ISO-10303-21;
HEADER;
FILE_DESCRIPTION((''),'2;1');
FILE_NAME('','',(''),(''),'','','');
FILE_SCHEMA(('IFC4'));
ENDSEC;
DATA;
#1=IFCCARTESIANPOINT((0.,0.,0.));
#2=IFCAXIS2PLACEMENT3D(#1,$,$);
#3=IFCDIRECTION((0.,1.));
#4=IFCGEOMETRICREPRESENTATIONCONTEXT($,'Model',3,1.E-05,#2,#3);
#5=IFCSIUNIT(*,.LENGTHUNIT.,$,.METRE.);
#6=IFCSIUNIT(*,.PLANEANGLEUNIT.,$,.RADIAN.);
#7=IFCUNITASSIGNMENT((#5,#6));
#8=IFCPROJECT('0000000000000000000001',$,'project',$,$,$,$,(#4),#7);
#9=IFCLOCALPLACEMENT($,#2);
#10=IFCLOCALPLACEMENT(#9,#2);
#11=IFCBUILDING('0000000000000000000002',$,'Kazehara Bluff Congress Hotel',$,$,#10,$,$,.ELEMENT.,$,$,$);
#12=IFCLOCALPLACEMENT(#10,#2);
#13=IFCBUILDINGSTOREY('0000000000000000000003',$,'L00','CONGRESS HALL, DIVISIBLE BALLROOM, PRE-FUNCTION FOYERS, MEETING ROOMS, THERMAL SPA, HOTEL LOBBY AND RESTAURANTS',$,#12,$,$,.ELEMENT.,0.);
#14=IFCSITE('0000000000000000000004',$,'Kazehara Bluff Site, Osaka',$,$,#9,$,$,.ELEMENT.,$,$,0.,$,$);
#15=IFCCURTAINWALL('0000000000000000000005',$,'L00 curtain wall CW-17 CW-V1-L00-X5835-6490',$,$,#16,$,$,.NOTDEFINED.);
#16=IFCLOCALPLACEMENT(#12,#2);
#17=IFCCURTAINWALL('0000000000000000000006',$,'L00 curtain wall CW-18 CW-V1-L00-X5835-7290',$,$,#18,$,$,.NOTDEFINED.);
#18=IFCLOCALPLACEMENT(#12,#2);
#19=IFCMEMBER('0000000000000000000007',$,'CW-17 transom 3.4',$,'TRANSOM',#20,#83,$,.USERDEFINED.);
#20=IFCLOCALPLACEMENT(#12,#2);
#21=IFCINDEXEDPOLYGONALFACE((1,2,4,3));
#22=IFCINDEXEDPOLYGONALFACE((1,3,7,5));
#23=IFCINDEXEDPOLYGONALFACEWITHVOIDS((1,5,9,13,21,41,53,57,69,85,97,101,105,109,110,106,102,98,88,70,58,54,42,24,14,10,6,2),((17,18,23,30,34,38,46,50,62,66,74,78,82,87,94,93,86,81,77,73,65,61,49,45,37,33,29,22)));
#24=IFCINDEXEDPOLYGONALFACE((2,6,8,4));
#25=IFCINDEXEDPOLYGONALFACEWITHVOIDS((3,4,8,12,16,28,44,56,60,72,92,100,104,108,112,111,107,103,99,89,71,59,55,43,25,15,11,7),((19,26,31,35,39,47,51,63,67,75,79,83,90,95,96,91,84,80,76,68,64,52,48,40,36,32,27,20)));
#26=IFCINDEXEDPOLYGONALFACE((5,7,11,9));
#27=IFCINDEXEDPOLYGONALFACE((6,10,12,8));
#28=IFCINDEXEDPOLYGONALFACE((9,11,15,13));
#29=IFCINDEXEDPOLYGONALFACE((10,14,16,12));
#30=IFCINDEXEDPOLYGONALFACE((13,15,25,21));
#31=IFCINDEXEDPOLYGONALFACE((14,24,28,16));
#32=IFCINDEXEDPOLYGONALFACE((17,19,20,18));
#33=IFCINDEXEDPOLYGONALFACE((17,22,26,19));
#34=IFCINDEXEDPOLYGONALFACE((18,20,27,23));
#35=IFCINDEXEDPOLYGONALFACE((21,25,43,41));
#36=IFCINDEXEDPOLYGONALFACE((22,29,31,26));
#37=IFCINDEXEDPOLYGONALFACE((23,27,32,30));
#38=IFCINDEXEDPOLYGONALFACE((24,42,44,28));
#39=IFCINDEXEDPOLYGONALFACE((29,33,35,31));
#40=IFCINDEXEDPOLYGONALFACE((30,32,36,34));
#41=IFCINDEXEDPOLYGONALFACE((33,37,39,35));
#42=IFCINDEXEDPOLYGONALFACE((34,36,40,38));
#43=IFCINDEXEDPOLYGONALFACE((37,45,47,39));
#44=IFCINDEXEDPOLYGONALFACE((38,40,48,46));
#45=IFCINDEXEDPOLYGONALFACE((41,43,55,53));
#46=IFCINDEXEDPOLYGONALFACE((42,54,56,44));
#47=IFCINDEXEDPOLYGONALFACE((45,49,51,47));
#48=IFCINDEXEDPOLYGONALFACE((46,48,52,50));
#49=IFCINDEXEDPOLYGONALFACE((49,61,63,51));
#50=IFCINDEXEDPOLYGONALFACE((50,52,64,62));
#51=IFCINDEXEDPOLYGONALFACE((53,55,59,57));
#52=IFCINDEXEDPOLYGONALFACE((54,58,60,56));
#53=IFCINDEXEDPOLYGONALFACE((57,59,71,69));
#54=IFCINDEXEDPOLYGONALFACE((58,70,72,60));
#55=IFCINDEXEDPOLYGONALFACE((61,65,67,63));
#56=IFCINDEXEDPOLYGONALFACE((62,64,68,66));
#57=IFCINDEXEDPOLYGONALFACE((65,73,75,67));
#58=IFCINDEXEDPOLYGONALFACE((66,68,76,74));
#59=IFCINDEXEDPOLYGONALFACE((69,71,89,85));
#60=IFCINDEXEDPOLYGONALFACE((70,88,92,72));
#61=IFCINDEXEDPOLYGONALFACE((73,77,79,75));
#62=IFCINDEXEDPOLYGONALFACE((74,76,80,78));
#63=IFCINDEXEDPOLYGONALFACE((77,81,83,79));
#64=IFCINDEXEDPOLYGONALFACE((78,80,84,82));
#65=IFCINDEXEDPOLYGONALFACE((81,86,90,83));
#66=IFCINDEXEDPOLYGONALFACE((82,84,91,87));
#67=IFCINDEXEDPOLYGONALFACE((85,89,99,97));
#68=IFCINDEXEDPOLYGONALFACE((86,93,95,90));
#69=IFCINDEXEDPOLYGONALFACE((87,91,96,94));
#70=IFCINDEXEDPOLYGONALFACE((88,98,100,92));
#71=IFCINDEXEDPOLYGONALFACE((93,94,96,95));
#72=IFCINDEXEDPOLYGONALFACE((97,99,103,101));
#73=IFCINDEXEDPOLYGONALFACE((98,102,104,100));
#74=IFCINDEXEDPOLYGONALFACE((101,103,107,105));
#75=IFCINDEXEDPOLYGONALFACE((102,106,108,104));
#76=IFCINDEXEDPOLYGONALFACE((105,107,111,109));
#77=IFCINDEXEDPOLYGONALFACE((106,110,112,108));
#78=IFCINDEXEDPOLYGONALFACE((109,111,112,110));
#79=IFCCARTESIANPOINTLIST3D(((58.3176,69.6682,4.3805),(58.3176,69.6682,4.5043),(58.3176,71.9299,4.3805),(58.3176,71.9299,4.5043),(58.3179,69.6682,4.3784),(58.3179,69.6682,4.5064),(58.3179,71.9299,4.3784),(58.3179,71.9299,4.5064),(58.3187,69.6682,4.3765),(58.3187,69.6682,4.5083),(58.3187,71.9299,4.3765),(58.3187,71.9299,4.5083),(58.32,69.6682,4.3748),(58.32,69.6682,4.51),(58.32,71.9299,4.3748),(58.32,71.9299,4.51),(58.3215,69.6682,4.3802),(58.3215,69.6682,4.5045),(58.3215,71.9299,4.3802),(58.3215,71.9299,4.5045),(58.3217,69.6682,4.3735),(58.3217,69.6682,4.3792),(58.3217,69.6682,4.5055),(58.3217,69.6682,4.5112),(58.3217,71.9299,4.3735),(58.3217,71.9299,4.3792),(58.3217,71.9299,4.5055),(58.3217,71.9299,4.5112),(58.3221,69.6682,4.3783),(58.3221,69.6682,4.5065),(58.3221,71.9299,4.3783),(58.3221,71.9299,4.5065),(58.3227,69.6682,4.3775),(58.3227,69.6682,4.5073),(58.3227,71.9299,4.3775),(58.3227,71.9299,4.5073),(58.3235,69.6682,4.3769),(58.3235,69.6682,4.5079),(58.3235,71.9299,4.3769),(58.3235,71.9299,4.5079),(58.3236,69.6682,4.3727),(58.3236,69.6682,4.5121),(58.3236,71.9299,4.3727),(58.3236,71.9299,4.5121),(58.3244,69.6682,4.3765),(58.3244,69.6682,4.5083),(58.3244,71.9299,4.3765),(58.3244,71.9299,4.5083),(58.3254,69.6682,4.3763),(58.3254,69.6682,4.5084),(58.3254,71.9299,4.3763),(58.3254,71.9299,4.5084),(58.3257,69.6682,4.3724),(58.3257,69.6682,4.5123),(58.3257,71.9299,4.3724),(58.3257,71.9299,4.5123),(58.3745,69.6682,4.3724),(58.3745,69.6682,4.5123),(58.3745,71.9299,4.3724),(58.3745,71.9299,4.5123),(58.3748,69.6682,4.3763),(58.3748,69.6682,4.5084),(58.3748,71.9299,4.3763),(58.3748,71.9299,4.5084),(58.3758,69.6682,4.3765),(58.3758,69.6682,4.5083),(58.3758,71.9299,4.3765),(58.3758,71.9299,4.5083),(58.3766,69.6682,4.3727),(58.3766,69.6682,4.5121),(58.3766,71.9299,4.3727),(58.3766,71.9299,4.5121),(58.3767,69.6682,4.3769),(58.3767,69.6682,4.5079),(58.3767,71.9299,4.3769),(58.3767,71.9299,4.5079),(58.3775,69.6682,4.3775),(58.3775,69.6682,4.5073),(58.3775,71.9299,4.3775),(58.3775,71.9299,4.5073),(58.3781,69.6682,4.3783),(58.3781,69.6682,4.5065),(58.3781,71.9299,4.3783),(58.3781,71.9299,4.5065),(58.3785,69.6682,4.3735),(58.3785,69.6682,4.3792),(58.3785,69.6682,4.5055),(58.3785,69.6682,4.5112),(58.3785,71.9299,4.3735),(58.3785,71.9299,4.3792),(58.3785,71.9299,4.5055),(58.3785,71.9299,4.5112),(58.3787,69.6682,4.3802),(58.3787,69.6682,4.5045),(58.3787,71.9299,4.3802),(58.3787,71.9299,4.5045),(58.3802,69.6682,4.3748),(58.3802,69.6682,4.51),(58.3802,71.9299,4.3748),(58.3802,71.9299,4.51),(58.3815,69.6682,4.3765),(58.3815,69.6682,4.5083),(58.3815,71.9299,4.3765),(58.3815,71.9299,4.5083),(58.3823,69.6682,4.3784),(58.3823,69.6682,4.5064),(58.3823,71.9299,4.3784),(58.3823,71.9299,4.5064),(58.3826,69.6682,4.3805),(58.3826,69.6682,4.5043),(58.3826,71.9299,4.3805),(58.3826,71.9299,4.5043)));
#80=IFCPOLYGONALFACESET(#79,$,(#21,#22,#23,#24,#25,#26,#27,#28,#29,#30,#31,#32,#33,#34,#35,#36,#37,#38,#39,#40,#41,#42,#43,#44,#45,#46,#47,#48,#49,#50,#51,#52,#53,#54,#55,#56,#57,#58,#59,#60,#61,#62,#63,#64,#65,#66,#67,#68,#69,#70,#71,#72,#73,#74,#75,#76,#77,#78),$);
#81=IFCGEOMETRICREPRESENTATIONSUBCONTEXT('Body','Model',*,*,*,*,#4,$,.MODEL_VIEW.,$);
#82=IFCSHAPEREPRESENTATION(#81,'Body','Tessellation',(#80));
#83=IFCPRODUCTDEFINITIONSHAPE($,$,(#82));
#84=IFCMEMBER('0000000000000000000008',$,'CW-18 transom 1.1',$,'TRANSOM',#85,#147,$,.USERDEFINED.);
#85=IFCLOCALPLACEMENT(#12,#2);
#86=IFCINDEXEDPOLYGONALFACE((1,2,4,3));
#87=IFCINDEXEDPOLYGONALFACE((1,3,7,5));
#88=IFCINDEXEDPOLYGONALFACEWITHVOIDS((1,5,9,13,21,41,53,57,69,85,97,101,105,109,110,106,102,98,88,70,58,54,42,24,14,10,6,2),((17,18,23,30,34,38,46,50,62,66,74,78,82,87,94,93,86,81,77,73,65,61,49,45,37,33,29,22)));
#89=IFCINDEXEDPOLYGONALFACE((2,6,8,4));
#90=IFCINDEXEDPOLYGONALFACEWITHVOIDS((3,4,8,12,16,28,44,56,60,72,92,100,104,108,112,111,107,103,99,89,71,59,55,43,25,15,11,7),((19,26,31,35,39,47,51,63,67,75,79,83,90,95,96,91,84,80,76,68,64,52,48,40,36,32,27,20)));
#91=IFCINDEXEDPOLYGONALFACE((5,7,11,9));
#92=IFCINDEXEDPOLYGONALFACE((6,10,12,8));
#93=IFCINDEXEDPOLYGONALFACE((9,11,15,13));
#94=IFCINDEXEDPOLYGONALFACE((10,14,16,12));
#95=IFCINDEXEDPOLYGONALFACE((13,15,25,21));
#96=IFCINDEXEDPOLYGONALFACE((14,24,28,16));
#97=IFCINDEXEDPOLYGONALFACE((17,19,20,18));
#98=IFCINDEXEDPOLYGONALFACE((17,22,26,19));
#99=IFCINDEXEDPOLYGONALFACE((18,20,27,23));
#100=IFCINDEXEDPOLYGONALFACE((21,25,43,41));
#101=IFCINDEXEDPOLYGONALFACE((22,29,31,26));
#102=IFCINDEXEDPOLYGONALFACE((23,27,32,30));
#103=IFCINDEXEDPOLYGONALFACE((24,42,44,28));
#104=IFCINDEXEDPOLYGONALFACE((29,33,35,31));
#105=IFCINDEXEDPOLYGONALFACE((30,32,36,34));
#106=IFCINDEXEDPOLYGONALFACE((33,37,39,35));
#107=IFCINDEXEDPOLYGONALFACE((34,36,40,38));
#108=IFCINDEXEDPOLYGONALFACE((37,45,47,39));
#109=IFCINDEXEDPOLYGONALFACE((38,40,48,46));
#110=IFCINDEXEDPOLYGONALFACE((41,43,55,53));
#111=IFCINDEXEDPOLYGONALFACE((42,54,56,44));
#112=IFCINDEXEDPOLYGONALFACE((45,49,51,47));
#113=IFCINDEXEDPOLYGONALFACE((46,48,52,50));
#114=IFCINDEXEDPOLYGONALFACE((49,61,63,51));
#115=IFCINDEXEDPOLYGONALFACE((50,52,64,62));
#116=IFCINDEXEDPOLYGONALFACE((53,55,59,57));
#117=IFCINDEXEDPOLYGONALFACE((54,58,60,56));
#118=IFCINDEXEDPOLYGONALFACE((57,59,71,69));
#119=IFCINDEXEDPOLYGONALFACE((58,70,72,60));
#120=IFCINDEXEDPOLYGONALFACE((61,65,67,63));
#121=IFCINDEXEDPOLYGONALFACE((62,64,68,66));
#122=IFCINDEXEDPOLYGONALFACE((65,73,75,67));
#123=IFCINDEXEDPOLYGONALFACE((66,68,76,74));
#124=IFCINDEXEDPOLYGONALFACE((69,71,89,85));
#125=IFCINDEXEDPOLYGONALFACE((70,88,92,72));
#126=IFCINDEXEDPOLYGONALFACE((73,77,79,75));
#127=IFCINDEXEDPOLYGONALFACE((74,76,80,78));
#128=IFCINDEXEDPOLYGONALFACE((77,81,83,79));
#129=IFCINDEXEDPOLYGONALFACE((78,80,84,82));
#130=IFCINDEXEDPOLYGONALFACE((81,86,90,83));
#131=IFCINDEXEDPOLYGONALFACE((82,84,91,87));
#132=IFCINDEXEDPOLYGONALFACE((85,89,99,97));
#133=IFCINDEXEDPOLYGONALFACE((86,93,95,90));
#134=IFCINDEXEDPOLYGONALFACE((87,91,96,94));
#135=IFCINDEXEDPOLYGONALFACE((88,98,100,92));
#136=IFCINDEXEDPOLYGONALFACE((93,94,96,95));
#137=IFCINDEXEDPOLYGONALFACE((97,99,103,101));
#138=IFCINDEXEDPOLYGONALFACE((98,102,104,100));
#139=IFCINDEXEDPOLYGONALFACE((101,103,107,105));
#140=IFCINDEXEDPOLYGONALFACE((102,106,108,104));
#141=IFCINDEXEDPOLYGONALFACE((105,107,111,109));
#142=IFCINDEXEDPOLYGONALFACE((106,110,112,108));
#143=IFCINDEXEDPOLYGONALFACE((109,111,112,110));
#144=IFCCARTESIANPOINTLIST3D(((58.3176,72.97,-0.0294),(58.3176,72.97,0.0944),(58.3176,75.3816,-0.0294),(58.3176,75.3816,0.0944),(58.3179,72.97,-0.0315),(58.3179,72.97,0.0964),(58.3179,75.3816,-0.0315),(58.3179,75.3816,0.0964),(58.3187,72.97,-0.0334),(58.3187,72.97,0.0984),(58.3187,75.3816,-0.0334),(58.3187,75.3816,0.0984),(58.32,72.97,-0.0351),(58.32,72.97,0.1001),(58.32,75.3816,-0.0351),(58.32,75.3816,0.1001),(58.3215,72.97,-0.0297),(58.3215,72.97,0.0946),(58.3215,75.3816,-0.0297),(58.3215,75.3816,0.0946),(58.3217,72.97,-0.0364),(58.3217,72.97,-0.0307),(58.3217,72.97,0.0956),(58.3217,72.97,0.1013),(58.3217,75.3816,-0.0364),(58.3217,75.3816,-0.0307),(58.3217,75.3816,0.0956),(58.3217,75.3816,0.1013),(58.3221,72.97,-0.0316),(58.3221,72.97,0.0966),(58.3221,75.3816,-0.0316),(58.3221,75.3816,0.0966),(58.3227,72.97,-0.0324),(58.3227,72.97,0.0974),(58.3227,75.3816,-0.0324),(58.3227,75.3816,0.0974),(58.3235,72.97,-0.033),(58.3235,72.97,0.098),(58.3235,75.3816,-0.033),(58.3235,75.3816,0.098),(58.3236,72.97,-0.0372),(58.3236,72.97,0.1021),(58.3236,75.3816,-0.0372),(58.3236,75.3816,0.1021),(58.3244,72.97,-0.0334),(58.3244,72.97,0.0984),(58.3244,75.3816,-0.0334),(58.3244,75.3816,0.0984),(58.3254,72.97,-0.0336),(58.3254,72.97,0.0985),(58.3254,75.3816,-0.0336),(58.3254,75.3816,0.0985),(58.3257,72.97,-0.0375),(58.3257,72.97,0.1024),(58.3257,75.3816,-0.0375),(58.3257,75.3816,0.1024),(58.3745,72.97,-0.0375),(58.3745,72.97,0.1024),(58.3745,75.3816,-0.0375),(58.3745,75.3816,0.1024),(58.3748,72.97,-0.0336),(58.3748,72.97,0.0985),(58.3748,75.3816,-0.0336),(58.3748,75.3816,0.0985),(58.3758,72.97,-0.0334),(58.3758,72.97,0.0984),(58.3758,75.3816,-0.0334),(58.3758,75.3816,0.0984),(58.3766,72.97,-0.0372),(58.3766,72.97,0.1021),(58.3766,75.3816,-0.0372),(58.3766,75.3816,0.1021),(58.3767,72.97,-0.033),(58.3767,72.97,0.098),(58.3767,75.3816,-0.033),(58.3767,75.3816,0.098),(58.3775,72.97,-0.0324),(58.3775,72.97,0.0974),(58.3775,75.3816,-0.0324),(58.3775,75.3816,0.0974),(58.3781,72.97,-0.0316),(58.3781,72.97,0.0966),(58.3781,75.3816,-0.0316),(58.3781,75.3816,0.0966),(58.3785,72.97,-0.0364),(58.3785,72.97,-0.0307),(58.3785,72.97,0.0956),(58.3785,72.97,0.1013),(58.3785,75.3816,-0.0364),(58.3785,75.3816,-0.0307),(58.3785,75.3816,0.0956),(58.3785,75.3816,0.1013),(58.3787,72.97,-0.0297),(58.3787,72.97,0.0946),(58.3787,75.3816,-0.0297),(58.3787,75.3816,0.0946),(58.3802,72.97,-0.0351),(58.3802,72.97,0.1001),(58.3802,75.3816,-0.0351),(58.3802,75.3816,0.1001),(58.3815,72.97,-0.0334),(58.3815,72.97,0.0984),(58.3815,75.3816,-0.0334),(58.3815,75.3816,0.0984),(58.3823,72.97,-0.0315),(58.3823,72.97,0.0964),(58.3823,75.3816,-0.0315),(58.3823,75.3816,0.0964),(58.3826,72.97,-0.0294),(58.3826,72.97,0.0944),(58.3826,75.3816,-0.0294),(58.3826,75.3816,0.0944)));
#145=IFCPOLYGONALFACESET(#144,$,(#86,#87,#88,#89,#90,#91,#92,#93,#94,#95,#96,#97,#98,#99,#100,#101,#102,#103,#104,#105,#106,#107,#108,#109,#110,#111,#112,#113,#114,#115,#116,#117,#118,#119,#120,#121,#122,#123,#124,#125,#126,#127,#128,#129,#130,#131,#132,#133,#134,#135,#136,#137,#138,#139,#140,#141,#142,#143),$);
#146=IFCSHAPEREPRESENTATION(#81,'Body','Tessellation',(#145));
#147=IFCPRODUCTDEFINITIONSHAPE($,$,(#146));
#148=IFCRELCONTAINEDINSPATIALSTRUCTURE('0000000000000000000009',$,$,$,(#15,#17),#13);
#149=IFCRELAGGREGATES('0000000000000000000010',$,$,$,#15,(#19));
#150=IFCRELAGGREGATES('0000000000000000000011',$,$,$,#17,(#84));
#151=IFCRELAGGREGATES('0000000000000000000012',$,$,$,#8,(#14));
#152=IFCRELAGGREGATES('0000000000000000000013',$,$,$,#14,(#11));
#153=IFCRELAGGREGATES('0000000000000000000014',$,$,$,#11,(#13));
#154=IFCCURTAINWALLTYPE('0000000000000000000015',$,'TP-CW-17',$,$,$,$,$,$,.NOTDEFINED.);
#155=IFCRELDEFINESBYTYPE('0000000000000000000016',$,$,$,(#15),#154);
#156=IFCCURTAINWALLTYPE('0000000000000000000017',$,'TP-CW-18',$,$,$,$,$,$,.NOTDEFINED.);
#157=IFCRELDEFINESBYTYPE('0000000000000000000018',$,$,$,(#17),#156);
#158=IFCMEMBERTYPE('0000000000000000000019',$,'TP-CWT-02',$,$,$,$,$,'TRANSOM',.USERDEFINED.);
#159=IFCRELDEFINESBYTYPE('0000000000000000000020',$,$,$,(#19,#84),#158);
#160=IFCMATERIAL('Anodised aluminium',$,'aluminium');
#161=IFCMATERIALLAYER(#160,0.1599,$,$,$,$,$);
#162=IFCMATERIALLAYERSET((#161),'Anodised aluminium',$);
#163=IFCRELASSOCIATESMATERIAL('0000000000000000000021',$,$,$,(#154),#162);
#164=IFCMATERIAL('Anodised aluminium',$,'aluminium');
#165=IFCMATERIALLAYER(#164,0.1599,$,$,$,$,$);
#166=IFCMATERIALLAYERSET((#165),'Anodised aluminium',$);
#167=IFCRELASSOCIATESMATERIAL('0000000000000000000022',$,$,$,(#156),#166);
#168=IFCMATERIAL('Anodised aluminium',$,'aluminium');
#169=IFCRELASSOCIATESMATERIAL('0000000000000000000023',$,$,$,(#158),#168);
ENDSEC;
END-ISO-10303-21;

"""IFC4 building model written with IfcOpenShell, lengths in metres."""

from ifc_helpers import new_model, si_unit, direction, frame, origin, origin_2d, place, context, subcontext, project, spatial, hollow_rectangle, extrude, material, layer, layer_set, material_profile, profile_set, type_object, element, aggregate, save


model = new_model("IFC4")

# Units and contexts
model_context = context("Model", 3, precision=1e-05, world=origin(), true_north=direction((0.0, 1.0)))
body_context = subcontext(model_context, "Body", "Model", "MODEL_VIEW")
ifc_project = project(units=[si_unit("LENGTHUNIT", "METRE"), si_unit("PLANEANGLEUNIT", "RADIAN")], contexts=[model_context])

# Site, building, storey
site_placement = place(None, origin())
site = spatial("IfcSite", under=ifc_project, at=site_placement, Name="Kazehara Bluff Site, Osaka", CompositionType="ELEMENT", RefElevation=0.0)
building_placement = place(site_placement, origin())
building = spatial("IfcBuilding", under=site, at=building_placement, Name="Kazehara Bluff Congress Hotel", CompositionType="ELEMENT")
storey_placement = place(building_placement, origin())
storey = spatial("IfcBuildingStorey", under=building, at=storey_placement, Name="L00", Description="CONGRESS HALL, DIVISIBLE BALLROOM, PRE-FUNCTION FOYERS, MEETING ROOMS, THERMAL SPA, HOTEL LOBBY AND RESTAURANTS", CompositionType="ELEMENT", Elevation=0.0)

# Curtain wall
ifc_material_1 = material(Name="Anodised aluminium", Category="aluminium")
ifc_layer_1 = layer(ifc_material_1, 0.1599)
ifc_layer_set_1 = layer_set([ifc_layer_1], Name="Anodised aluminium")
curtain_wall_type_1 = type_object("IfcCurtainWallType", Name="TP-CW-17", PredefinedType="NOTDEFINED", material=ifc_layer_set_1)
curtain_wall_1_placement = place(storey_placement, origin())
curtain_wall_1 = element("IfcCurtainWall", 1, at=curtain_wall_1_placement, inside=storey, type_object=curtain_wall_type_1, Name="L00 curtain wall CW-17 CW-V1-L00-X5835-6490", PredefinedType="NOTDEFINED")

# Curtain wall
ifc_material_2 = material(Name="Anodised aluminium", Category="aluminium")
ifc_layer_2 = layer(ifc_material_2, 0.1599)
ifc_layer_set_2 = layer_set([ifc_layer_2], Name="Anodised aluminium")
curtain_wall_type_2 = type_object("IfcCurtainWallType", Name="TP-CW-18", PredefinedType="NOTDEFINED", material=ifc_layer_set_2)
curtain_wall_2_placement = place(storey_placement, origin())
curtain_wall_2 = element("IfcCurtainWall", 2, at=curtain_wall_2_placement, inside=storey, type_object=curtain_wall_type_2, Name="L00 curtain wall CW-18 CW-V1-L00-X5835-7290", PredefinedType="NOTDEFINED")

# Members
ifc_material_3 = material(Name="Anodised aluminium", Category="aluminium")
ifc_material_profile_1 = material_profile(ifc_material_3, hollow_rectangle(XDim=0.0649, YDim=0.1399, WallThickness=0.0039, InnerFilletRadius=0.0039, OuterFilletRadius=0.0081, at=origin_2d()))
ifc_profile_set_1 = profile_set([ifc_material_profile_1], Name="Anodised aluminium")
member_type_1 = type_object("IfcMemberType", Name="TP-CWT-02", ElementType="TRANSOM", PredefinedType="USERDEFINED", material=ifc_profile_set_1)
member_1_placement = place(storey_placement, frame((58.3501, 69.6682, 4.4424), z_axis=(0.0, 1.0, 0.0), x_axis=(-1.0, 0.0, 0.0)))
member_1 = element("IfcMember", 3, at=member_1_placement, type_object=member_type_1, Name="CW-17 transom 3.4", ObjectType="TRANSOM", PredefinedType="USERDEFINED", context=body_context, shape_type="SweptSolid", body=[
    extrude(hollow_rectangle(XDim=0.0649, YDim=0.1399, WallThickness=0.0039, InnerFilletRadius=0.0039, OuterFilletRadius=0.0081, at=origin_2d()), origin(), (0.0, 0.0, 1.0), 2.2617),
])
member_2_placement = place(storey_placement, frame((58.3501, 72.97, 0.0325), z_axis=(0.0, 1.0, 0.0), x_axis=(-1.0, 0.0, 0.0)))
member_2 = element("IfcMember", 4, at=member_2_placement, type_object=member_type_1, Name="CW-18 transom 1.1", ObjectType="TRANSOM", PredefinedType="USERDEFINED", context=body_context, shape_type="SweptSolid", body=[
    extrude(hollow_rectangle(XDim=0.0649, YDim=0.1399, WallThickness=0.0039, InnerFilletRadius=0.0039, OuterFilletRadius=0.0081, at=origin_2d()), origin(), (0.0, 0.0, 1.0), 2.4116),
])

aggregate(curtain_wall_1, [member_1])
aggregate(curtain_wall_2, [member_2])

save(model, "model.ifc")
